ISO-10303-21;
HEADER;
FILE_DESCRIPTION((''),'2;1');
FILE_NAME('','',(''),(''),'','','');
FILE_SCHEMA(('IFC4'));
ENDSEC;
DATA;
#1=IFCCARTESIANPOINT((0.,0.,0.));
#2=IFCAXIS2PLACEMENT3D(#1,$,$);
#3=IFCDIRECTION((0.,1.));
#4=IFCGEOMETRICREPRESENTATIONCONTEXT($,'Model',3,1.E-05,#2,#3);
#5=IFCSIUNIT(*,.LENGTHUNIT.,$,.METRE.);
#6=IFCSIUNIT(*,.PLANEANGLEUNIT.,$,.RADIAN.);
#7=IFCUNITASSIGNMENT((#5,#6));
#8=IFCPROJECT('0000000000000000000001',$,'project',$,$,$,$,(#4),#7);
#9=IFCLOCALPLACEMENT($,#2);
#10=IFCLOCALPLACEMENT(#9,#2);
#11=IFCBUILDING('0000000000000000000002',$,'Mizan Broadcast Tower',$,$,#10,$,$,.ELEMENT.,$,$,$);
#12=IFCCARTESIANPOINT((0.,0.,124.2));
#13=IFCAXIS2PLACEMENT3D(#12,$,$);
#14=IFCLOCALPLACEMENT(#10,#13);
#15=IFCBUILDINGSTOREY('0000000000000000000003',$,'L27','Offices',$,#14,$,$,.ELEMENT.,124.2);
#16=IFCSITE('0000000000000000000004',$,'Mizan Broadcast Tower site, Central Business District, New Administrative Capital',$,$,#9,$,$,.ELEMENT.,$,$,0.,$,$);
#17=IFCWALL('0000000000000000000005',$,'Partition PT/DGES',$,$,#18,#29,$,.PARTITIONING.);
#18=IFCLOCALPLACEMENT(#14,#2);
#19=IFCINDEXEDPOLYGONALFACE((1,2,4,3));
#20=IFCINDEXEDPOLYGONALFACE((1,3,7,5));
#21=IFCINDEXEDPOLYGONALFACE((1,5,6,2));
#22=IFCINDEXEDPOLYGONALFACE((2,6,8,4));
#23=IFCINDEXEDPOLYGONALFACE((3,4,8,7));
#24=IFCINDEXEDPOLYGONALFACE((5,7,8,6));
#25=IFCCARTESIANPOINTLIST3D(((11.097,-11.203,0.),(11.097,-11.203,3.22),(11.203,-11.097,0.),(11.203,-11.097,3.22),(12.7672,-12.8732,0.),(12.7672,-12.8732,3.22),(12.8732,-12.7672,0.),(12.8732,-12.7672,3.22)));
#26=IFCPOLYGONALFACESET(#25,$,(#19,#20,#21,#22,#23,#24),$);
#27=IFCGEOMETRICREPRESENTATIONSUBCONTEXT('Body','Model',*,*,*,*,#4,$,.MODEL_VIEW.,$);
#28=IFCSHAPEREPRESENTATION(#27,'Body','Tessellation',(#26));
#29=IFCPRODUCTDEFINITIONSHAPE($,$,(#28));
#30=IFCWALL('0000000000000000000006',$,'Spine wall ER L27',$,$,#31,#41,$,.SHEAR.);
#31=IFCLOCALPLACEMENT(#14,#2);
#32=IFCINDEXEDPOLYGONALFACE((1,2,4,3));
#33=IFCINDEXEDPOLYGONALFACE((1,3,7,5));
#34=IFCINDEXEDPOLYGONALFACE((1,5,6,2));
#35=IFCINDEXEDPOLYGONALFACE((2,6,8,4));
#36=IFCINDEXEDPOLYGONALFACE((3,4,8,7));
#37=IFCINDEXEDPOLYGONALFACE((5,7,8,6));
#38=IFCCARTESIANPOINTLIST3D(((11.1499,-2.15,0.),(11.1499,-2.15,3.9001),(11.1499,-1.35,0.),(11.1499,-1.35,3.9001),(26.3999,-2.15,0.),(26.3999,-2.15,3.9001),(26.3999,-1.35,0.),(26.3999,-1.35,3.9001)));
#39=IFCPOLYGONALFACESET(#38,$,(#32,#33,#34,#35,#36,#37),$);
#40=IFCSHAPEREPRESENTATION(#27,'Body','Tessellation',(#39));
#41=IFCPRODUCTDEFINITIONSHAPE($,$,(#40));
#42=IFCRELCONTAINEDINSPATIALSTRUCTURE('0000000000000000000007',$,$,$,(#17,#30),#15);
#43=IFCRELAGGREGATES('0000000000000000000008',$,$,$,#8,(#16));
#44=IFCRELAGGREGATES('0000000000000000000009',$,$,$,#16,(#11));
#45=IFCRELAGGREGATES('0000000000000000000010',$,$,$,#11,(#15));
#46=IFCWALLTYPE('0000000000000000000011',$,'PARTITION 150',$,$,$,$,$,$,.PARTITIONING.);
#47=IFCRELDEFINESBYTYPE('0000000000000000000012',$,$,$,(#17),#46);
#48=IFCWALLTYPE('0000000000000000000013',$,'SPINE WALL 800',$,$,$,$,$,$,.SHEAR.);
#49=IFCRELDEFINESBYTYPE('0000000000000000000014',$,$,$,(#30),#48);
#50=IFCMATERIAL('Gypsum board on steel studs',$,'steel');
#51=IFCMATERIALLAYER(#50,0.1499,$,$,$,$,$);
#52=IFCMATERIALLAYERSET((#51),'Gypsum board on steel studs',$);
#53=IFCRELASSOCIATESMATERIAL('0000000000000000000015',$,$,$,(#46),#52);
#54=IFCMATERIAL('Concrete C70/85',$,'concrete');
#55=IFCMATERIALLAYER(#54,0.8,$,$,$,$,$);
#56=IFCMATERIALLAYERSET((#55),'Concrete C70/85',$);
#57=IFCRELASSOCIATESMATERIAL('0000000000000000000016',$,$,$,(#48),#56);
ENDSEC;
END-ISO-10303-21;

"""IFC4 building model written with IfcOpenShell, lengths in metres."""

from ifc_helpers import new_model, si_unit, direction, frame, frame_2d, origin, place, context, subcontext, project, spatial, rectangle, extrude, material, layer, layer_set, type_object, element, save


model = new_model("IFC4")

# Units and contexts
model_context = context("Model", 3, precision=1e-05, world=origin(), true_north=direction((0.0, 1.0)))
body_context = subcontext(model_context, "Body", "Model", "MODEL_VIEW")
ifc_project = project(units=[si_unit("LENGTHUNIT", "METRE"), si_unit("PLANEANGLEUNIT", "RADIAN")], contexts=[model_context])

# Site, building, storey
site_placement = place(None, origin())
site = spatial("IfcSite", under=ifc_project, at=site_placement, Name="Mizan Broadcast Tower site, Central Business District, New Administrative Capital", CompositionType="ELEMENT", RefElevation=0.0)
building_placement = place(site_placement, origin())
building = spatial("IfcBuilding", under=site, at=building_placement, Name="Mizan Broadcast Tower", CompositionType="ELEMENT")
storey_placement = place(building_placement, frame((0.0, 0.0, 124.2)))
storey = spatial("IfcBuildingStorey", under=building, at=storey_placement, Name="L27", Description="Offices", CompositionType="ELEMENT", Elevation=124.2)

# Walls
ifc_material_1 = material(Name="Gypsum board on steel studs", Category="steel")
ifc_layer_1 = layer(ifc_material_1, 0.1499)
ifc_layer_set_1 = layer_set([ifc_layer_1], Name="Gypsum board on steel studs")
wall_type_1 = type_object("IfcWallType", Name="PARTITION 150", PredefinedType="PARTITIONING", material=ifc_layer_set_1)
wall_1_placement = place(storey_placement, frame((11.1499, -11.1499, 0.0), z_axis=(0.0, 0.0, 1.0), x_axis=(0.707107, -0.707107, 0.0)))
element("IfcWall", 1, at=wall_1_placement, inside=storey, type_object=wall_type_1, Name="Partition PT/DGES", PredefinedType="PARTITIONING", context=body_context, shape_type="SweptSolid", body=[
    extrude(rectangle(XDim=2.3621, YDim=0.1499, at=frame_2d((1.1812, 0.0))), origin(), (0.0, 0.0, 1.0), 3.22),
])
ifc_material_2 = material(Name="Concrete C70/85", Category="concrete")
ifc_layer_2 = layer(ifc_material_2, 0.8)
ifc_layer_set_2 = layer_set([ifc_layer_2], Name="Concrete C70/85")
wall_type_2 = type_object("IfcWallType", Name="SPINE WALL 800", PredefinedType="SHEAR", material=ifc_layer_set_2)
wall_2_placement = place(storey_placement, frame((11.1499, -1.75, 0.0), z_axis=(0.0, 0.0, 1.0), x_axis=(1.0, 0.0, 0.0)))
element("IfcWall", 2, at=wall_2_placement, inside=storey, type_object=wall_type_2, Name="Spine wall ER L27", PredefinedType="SHEAR", context=body_context, shape_type="SweptSolid", body=[
    extrude(rectangle(XDim=15.25, YDim=0.8, at=frame_2d((7.625, 0.0))), origin(), (0.0, 0.0, 1.0), 3.9001),
])

save(model, "model.ifc")
